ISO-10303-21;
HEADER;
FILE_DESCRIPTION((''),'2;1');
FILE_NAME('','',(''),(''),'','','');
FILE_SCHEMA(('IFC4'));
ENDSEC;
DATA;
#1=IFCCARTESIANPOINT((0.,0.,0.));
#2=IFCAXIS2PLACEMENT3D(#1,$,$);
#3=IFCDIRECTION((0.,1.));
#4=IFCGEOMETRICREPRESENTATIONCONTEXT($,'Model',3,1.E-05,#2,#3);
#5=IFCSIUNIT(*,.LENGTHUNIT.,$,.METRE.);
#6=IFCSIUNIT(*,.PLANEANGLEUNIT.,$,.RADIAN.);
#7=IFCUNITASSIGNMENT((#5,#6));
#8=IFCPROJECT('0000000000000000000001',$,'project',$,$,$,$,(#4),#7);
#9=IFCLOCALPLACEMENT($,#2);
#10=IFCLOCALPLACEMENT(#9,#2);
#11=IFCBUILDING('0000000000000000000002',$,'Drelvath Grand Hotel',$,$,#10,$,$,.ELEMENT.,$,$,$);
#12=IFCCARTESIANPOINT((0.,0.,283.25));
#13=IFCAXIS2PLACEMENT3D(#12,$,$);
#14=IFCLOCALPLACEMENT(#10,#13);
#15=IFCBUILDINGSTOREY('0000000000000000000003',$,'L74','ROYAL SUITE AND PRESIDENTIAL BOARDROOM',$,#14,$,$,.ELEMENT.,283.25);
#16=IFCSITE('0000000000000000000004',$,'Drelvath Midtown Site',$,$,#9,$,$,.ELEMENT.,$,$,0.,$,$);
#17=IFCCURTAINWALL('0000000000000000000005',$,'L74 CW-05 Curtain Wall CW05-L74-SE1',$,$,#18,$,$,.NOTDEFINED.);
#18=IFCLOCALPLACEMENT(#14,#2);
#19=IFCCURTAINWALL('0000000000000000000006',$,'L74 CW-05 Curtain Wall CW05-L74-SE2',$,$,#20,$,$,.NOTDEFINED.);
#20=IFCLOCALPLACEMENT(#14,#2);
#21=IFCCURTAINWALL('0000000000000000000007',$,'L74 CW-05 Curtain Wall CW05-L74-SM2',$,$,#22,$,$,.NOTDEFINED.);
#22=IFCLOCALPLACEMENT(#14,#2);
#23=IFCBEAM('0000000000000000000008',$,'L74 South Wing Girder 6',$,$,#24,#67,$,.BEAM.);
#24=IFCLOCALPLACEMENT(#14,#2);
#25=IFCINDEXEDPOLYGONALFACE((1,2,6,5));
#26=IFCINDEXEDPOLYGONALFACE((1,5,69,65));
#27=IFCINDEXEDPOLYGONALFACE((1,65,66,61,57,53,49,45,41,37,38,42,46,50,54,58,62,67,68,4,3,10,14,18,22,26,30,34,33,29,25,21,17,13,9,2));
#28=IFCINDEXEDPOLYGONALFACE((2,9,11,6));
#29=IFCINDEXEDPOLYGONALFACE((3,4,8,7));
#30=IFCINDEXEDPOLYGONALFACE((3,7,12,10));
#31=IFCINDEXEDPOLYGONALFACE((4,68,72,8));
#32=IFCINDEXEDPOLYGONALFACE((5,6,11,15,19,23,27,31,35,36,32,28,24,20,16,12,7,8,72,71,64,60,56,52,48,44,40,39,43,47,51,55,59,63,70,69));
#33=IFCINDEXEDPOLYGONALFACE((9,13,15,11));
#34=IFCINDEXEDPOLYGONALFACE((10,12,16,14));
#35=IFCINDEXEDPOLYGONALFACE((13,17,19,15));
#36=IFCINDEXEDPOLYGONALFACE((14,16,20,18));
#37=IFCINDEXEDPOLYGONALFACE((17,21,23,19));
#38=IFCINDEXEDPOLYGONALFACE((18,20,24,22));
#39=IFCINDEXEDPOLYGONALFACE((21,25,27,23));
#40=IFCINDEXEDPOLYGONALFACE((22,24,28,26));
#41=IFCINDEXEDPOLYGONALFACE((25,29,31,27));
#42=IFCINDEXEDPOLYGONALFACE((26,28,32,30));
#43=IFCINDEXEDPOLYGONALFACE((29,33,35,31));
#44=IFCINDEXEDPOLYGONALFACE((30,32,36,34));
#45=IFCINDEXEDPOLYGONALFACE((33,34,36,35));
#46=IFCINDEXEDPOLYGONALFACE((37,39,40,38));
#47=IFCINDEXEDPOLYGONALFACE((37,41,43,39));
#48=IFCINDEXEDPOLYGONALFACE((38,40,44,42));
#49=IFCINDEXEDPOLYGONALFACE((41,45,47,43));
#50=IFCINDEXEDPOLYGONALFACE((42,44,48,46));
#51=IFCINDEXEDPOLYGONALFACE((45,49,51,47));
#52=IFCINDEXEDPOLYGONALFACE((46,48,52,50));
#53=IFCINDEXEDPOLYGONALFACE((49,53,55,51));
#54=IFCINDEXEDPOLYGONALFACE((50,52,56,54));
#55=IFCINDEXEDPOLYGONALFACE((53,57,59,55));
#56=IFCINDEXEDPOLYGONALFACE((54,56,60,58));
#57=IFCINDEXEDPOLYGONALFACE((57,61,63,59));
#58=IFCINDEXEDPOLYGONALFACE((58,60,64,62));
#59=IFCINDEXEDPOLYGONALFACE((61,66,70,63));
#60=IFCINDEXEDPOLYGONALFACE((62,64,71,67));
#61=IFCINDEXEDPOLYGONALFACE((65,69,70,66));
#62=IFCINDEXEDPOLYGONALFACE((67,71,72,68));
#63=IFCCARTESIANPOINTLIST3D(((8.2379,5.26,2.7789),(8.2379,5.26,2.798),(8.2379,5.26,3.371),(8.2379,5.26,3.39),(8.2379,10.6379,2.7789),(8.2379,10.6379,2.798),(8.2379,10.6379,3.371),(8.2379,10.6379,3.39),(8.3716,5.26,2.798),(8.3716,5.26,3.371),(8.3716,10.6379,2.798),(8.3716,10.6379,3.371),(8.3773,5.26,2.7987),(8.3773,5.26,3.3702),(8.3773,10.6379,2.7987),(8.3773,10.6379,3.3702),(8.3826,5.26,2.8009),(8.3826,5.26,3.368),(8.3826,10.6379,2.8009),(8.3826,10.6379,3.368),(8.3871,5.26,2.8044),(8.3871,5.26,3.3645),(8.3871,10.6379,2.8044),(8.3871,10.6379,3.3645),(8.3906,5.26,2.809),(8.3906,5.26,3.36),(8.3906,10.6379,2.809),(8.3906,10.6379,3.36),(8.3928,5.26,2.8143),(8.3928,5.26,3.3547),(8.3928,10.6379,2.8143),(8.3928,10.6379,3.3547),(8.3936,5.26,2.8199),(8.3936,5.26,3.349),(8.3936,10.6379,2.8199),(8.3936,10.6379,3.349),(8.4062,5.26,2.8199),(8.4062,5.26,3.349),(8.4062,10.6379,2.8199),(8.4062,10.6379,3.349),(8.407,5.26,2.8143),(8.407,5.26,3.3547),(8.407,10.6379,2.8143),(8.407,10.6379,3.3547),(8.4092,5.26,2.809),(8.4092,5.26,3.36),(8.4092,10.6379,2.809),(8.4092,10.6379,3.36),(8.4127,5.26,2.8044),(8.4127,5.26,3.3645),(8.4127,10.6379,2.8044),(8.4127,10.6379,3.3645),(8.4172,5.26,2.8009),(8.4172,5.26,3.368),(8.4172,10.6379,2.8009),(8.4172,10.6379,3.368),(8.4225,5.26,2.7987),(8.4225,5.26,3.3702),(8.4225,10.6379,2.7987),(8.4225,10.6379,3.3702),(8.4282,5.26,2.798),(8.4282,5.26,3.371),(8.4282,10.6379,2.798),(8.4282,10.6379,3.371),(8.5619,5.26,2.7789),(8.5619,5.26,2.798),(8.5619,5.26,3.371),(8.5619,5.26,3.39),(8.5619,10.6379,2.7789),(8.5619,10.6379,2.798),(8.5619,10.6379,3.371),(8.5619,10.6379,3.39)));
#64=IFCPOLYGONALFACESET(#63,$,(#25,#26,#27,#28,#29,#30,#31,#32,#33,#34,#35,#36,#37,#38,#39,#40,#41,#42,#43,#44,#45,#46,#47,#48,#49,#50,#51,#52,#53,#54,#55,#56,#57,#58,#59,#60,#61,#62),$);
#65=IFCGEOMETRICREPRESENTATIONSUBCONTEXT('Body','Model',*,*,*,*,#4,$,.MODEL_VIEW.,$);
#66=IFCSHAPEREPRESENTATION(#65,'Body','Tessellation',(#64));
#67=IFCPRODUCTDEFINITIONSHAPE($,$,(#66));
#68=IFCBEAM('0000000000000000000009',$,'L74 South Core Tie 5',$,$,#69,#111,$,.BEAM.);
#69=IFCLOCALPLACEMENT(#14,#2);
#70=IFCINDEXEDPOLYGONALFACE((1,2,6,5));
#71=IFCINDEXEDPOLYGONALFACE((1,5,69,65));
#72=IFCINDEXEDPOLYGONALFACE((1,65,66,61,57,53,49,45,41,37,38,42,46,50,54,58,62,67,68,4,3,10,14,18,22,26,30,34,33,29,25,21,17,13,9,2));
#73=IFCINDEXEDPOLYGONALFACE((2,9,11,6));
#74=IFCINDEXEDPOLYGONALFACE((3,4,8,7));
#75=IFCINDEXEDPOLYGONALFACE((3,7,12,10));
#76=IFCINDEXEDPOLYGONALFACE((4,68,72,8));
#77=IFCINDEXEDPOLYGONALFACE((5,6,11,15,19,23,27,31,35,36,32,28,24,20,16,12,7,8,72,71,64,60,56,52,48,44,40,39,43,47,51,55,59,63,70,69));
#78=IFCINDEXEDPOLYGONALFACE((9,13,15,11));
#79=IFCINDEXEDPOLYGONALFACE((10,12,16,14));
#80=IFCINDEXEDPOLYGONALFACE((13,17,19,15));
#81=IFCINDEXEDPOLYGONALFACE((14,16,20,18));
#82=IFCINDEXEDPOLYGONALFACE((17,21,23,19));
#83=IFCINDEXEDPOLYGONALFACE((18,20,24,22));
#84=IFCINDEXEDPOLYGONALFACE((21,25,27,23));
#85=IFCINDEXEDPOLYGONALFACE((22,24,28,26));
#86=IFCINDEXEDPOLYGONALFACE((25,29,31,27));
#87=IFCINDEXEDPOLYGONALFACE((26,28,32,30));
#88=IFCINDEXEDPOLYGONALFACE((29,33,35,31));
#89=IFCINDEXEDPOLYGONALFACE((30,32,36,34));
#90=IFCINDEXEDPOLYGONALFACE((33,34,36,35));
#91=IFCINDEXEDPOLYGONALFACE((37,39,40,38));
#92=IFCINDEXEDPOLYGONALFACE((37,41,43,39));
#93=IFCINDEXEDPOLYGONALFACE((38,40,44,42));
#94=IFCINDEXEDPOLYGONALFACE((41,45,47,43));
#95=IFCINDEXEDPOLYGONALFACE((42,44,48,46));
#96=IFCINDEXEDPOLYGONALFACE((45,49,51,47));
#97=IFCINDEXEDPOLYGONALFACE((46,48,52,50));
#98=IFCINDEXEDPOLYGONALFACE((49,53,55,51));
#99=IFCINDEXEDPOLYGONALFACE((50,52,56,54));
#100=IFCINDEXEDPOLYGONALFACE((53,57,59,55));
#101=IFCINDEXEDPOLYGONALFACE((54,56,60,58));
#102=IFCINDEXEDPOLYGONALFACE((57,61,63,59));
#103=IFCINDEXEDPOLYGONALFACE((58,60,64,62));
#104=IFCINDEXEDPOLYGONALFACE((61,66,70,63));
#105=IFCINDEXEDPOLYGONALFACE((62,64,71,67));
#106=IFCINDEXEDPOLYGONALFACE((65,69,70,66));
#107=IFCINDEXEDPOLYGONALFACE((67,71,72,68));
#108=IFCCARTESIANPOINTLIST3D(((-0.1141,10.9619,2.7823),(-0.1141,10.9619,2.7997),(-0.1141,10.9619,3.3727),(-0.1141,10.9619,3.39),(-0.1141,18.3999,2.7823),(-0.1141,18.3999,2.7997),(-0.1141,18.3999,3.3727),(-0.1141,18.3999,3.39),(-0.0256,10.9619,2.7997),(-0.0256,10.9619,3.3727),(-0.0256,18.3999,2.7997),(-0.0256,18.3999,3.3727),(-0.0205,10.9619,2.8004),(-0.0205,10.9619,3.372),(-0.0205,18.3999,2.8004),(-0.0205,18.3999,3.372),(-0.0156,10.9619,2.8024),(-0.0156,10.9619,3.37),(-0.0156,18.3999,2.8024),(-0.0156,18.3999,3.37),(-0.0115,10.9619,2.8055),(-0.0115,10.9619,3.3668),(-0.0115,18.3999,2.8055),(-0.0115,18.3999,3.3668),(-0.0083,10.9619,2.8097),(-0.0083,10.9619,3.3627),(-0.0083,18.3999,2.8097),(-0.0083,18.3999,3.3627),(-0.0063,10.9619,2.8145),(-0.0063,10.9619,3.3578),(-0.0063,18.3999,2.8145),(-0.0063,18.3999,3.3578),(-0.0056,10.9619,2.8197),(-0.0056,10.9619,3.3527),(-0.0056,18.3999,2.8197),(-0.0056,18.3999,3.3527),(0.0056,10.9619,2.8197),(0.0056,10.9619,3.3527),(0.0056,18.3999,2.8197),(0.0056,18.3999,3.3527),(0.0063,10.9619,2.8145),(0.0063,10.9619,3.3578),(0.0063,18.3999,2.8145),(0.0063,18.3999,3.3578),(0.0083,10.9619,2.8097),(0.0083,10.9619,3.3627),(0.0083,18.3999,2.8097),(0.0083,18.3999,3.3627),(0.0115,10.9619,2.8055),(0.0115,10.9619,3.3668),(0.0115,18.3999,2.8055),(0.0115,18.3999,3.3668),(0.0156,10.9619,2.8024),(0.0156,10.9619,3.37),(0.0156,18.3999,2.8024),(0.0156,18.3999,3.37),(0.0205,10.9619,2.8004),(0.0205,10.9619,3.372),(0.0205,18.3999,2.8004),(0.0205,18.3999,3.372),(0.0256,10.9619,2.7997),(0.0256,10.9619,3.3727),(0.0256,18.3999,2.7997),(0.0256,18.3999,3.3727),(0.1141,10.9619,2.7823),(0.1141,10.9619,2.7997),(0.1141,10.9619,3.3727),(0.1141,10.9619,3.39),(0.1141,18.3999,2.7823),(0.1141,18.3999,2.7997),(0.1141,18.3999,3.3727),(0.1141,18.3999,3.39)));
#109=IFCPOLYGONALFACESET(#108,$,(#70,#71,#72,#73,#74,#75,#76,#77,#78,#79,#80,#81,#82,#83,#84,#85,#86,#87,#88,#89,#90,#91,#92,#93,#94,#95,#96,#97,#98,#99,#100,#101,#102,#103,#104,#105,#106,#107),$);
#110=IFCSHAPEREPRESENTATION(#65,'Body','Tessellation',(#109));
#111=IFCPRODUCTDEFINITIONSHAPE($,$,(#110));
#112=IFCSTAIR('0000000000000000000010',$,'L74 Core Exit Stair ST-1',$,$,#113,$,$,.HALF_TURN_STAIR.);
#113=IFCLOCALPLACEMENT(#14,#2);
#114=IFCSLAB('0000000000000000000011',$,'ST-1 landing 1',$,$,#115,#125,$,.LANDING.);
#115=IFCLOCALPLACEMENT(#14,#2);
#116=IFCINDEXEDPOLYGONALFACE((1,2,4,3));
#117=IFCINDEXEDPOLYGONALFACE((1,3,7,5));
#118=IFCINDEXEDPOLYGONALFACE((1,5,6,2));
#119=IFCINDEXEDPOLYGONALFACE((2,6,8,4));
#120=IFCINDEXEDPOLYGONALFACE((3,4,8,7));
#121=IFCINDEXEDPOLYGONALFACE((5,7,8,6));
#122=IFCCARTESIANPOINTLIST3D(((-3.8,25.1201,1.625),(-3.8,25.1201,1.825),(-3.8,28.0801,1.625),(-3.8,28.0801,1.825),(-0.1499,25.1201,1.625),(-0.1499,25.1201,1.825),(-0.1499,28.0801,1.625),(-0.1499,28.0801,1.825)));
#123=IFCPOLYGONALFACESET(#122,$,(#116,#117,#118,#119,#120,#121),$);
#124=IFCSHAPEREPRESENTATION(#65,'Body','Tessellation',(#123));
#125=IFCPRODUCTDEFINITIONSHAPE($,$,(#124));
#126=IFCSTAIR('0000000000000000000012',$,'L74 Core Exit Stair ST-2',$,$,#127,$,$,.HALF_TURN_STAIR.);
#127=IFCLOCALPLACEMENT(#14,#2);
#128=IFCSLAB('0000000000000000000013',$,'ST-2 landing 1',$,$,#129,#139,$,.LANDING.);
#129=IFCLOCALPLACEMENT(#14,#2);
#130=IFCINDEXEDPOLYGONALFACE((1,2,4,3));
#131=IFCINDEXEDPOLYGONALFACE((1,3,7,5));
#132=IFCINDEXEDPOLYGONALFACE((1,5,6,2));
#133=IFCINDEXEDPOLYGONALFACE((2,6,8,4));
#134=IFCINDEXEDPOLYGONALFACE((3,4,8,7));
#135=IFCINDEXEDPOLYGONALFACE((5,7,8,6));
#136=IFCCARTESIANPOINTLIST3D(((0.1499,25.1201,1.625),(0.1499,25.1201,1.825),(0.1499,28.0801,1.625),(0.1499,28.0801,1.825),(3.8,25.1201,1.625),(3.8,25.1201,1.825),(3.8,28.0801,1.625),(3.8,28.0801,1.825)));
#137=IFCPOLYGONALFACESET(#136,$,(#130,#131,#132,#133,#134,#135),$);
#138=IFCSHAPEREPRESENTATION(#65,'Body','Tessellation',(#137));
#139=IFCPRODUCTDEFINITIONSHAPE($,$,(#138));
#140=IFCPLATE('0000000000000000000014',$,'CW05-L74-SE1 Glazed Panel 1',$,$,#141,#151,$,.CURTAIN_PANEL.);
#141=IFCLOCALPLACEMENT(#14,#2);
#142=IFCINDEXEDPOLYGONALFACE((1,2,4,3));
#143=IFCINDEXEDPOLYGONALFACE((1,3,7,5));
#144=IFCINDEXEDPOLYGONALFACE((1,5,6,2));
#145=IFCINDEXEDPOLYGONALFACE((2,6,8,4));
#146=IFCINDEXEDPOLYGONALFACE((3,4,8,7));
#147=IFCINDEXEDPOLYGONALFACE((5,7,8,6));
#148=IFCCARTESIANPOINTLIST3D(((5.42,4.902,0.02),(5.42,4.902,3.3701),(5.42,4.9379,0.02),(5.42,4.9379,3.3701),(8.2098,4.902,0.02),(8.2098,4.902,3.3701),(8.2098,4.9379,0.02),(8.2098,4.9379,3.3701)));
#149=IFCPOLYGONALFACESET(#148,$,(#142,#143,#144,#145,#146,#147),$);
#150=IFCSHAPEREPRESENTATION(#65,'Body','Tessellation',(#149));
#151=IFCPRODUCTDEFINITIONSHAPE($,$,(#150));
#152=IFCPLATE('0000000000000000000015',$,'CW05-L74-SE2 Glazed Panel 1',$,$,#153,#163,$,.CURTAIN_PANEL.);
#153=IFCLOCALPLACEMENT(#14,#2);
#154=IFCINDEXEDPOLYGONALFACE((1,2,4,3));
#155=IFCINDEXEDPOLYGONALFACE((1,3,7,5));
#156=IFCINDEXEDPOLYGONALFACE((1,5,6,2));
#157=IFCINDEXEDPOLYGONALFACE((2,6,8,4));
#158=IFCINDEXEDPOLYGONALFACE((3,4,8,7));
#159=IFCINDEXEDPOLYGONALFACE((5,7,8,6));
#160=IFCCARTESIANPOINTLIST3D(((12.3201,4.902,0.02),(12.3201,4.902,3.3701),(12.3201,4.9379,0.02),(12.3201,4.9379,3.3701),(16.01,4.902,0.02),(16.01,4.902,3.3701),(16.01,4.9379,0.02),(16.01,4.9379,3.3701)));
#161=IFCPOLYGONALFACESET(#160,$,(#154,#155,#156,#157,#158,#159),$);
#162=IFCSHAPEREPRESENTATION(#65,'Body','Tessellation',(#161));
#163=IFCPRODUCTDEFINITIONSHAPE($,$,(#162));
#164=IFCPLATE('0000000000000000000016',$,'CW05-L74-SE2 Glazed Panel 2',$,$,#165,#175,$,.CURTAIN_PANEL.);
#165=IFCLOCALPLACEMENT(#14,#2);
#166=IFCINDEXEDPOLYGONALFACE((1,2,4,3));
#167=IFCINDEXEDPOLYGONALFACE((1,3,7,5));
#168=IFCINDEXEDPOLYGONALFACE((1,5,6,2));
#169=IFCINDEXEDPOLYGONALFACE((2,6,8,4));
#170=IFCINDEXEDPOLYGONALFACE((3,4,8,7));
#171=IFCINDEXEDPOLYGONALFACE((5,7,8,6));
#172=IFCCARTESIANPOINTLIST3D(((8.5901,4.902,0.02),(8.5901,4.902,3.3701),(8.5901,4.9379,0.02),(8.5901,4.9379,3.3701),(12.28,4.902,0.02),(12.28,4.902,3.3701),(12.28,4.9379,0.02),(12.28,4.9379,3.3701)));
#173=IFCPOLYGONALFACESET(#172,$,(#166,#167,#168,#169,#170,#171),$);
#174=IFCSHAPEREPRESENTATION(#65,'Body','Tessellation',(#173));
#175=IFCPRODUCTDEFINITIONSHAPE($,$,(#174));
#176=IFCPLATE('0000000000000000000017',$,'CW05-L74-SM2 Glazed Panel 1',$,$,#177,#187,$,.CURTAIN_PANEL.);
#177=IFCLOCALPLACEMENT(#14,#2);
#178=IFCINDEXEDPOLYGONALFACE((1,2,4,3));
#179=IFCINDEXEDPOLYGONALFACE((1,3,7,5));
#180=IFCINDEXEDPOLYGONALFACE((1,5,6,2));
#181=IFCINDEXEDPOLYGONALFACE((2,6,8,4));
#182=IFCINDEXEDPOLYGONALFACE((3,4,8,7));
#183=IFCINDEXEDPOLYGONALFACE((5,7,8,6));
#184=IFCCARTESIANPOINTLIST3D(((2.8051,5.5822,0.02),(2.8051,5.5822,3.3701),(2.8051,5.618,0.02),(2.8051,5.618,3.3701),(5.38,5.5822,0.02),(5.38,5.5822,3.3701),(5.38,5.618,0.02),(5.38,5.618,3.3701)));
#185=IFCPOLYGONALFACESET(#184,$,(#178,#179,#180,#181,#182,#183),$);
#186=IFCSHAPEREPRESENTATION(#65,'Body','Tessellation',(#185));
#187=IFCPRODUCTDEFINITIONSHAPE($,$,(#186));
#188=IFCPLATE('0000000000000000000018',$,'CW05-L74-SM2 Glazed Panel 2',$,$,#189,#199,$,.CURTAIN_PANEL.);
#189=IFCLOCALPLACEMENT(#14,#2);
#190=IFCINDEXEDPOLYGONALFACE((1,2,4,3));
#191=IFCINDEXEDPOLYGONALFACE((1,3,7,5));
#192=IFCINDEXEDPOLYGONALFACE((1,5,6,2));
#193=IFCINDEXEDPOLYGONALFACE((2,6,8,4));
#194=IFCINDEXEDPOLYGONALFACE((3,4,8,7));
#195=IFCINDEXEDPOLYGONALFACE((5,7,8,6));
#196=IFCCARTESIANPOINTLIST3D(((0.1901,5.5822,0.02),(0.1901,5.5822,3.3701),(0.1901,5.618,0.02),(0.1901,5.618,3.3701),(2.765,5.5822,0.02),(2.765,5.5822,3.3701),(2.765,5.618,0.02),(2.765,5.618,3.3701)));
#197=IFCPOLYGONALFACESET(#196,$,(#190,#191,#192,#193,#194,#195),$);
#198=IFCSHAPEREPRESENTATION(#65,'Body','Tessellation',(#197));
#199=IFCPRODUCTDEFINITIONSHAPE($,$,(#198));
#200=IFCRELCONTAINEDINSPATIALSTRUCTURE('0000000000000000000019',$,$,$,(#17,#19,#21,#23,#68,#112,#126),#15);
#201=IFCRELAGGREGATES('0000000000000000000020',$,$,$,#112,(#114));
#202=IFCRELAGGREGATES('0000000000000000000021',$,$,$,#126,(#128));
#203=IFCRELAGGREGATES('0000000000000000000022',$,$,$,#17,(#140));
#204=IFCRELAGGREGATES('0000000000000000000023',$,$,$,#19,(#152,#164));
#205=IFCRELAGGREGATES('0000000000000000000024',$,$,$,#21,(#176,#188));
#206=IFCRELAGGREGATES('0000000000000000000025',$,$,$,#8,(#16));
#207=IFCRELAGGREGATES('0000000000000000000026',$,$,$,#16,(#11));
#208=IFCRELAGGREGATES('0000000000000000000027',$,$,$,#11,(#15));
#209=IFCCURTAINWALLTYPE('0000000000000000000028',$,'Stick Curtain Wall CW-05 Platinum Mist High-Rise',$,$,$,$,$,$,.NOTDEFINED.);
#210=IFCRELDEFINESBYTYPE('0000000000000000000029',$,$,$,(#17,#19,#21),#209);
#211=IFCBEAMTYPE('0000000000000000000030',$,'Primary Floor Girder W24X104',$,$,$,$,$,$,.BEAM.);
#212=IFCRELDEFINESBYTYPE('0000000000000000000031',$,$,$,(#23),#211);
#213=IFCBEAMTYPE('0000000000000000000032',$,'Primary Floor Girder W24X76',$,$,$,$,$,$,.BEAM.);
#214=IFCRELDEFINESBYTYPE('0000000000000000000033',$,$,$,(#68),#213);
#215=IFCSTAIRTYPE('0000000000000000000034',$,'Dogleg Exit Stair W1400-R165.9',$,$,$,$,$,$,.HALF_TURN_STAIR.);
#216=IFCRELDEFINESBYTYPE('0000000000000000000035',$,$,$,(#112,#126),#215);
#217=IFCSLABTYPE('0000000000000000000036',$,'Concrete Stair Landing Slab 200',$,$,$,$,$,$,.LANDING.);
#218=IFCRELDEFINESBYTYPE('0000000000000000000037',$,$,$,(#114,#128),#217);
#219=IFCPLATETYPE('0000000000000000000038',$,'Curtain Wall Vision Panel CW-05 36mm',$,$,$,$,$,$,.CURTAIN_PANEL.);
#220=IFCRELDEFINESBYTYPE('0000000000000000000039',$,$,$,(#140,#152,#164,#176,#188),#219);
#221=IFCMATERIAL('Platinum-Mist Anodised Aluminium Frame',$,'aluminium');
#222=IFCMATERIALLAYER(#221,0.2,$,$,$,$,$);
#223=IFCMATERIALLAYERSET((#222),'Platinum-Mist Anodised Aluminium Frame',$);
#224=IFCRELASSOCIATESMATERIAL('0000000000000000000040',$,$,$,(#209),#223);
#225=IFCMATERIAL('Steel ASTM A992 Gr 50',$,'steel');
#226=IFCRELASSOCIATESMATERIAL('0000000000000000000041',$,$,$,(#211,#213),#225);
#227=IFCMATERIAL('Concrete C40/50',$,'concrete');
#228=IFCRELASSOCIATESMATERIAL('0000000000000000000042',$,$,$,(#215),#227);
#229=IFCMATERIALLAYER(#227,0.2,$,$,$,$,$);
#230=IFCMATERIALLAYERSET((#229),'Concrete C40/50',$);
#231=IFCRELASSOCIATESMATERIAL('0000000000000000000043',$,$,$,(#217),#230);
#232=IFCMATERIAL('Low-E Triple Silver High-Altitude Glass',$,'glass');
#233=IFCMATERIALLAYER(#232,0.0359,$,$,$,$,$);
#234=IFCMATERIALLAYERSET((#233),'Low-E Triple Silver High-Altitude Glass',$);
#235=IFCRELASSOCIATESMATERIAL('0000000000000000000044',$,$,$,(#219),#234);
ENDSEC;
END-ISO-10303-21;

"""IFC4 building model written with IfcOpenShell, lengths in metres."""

from ifc_helpers import new_model, si_unit, direction, frame, origin, origin_2d, place, context, subcontext, project, spatial, polyline, rectangle, i_section, outline, extrude, material, layer, layer_set, material_profile, profile_set, type_object, element, aggregate, save


model = new_model("IFC4")

# Units and contexts
model_context = context("Model", 3, precision=1e-05, world=origin(), true_north=direction((0.0, 1.0)))
body_context = subcontext(model_context, "Body", "Model", "MODEL_VIEW")
ifc_project = project(units=[si_unit("LENGTHUNIT", "METRE"), si_unit("PLANEANGLEUNIT", "RADIAN")], contexts=[model_context])

# Site, building, storey
site_placement = place(None, origin())
site = spatial("IfcSite", under=ifc_project, at=site_placement, Name="Drelvath Midtown Site", CompositionType="ELEMENT", RefElevation=0.0)
building_placement = place(site_placement, origin())
building = spatial("IfcBuilding", under=site, at=building_placement, Name="Drelvath Grand Hotel", CompositionType="ELEMENT")
storey_placement = place(building_placement, frame((0.0, 0.0, 283.25)))
storey = spatial("IfcBuildingStorey", under=building, at=storey_placement, Name="L74", Description="ROYAL SUITE AND PRESIDENTIAL BOARDROOM", CompositionType="ELEMENT", Elevation=283.25)

# Shared definitions
ifc_material_1 = material(Name="Steel ASTM A992 Gr 50", Category="steel")

# Curtain walls
ifc_material_2 = material(Name="Platinum-Mist Anodised Aluminium Frame", Category="aluminium")
ifc_layer_1 = layer(ifc_material_2, 0.2)
ifc_layer_set_1 = layer_set([ifc_layer_1], Name="Platinum-Mist Anodised Aluminium Frame")
curtain_wall_type = type_object("IfcCurtainWallType", Name="Stick Curtain Wall CW-05 Platinum Mist High-Rise", PredefinedType="NOTDEFINED", material=ifc_layer_set_1)
curtain_wall_1_placement = place(storey_placement, origin())
curtain_wall_1 = element("IfcCurtainWall", 1, at=curtain_wall_1_placement, inside=storey, type_object=curtain_wall_type, Name="L74 CW-05 Curtain Wall CW05-L74-SE1", PredefinedType="NOTDEFINED")
curtain_wall_2_placement = place(storey_placement, origin())
curtain_wall_2 = element("IfcCurtainWall", 2, at=curtain_wall_2_placement, inside=storey, type_object=curtain_wall_type, Name="L74 CW-05 Curtain Wall CW05-L74-SE2", PredefinedType="NOTDEFINED")
curtain_wall_3_placement = place(storey_placement, origin())
curtain_wall_3 = element("IfcCurtainWall", 3, at=curtain_wall_3_placement, inside=storey, type_object=curtain_wall_type, Name="L74 CW-05 Curtain Wall CW05-L74-SM2", PredefinedType="NOTDEFINED")

# Beams
ifc_material_profile_1 = material_profile(ifc_material_1, i_section(OverallWidth=0.324, OverallDepth=0.6111, WebThickness=0.0127, FlangeThickness=0.019, FilletRadius=0.022, at=origin_2d()), Name="W24X104")
ifc_profile_set_1 = profile_set([ifc_material_profile_1], Name="Steel ASTM A992 Gr 50")
beam_type_1 = type_object("IfcBeamType", Name="Primary Floor Girder W24X104", PredefinedType="BEAM", material=ifc_profile_set_1)
beam_1_placement = place(storey_placement, frame((8.3999, 5.26, 3.0845), z_axis=(0.0, 1.0, 0.0), x_axis=(-1.0, 0.0, 0.0)))
element("IfcBeam", 4, at=beam_1_placement, inside=storey, type_object=beam_type_1, Name="L74 South Wing Girder 6", PredefinedType="BEAM", context=body_context, shape_type="SweptSolid", body=[
    extrude(i_section(OverallWidth=0.324, OverallDepth=0.6111, WebThickness=0.0127, FlangeThickness=0.019, FilletRadius=0.022, at=origin_2d()), origin(), (0.0, 0.0, 1.0), 5.3779),
])
ifc_material_profile_2 = material_profile(ifc_material_1, i_section(OverallWidth=0.2283, OverallDepth=0.6077, WebThickness=0.0112, FlangeThickness=0.0173, FilletRadius=0.02, at=origin_2d()), Name="W24X76")
ifc_profile_set_2 = profile_set([ifc_material_profile_2], Name="Steel ASTM A992 Gr 50")
beam_type_2 = type_object("IfcBeamType", Name="Primary Floor Girder W24X76", PredefinedType="BEAM", material=ifc_profile_set_2)
beam_2_placement = place(storey_placement, frame((0.0, 10.9619, 3.0862), z_axis=(0.0, 1.0, 0.0), x_axis=(-1.0, 0.0, 0.0)))
element("IfcBeam", 5, at=beam_2_placement, inside=storey, type_object=beam_type_2, Name="L74 South Core Tie 5", PredefinedType="BEAM", context=body_context, shape_type="SweptSolid", body=[
    extrude(i_section(OverallWidth=0.2283, OverallDepth=0.6077, WebThickness=0.0112, FlangeThickness=0.0173, FilletRadius=0.02, at=origin_2d()), origin(), (0.0, 0.0, 1.0), 7.438),
])

# Stairs, slabs
ifc_material_3 = material(Name="Concrete C40/50", Category="concrete")
stair_type = type_object("IfcStairType", Name="Dogleg Exit Stair W1400-R165.9", PredefinedType="HALF_TURN_STAIR", material=ifc_material_3)
stair_1_placement = place(storey_placement, origin())
stair_1 = element("IfcStair", 6, at=stair_1_placement, inside=storey, type_object=stair_type, Name="L74 Core Exit Stair ST-1", PredefinedType="HALF_TURN_STAIR")
ifc_layer_2 = layer(ifc_material_3, 0.2)
ifc_layer_set_2 = layer_set([ifc_layer_2], Name="Concrete C40/50")
slab_type = type_object("IfcSlabType", Name="Concrete Stair Landing Slab 200", PredefinedType="LANDING", material=ifc_layer_set_2)
slab_1_placement = place(storey_placement, frame((0.0, 0.0, 1.625)))
slab_1 = element("IfcSlab", 7, at=slab_1_placement, type_object=slab_type, Name="ST-1 landing 1", PredefinedType="LANDING", context=body_context, shape_type="SweptSolid", body=[
    extrude(outline(polyline([(-3.8, 25.1201), (-0.1499, 25.1201), (-0.1499, 28.0801), (-3.8, 28.0801), (-3.8, 25.1201)])), origin(), (0.0, 0.0, 1.0), 0.2),
])
aggregate(stair_1, [slab_1])
stair_2_placement = place(storey_placement, origin())
stair_2 = element("IfcStair", 8, at=stair_2_placement, inside=storey, type_object=stair_type, Name="L74 Core Exit Stair ST-2", PredefinedType="HALF_TURN_STAIR")
slab_2_placement = place(storey_placement, frame((0.0, 0.0, 1.625)))
slab_2 = element("IfcSlab", 9, at=slab_2_placement, type_object=slab_type, Name="ST-2 landing 1", PredefinedType="LANDING", context=body_context, shape_type="SweptSolid", body=[
    extrude(outline(polyline([(3.8, 28.0801), (0.1499, 28.0801), (0.1499, 25.1201), (3.8, 25.1201), (3.8, 28.0801)])), origin(), (0.0, 0.0, 1.0), 0.2),
])
aggregate(stair_2, [slab_2])

# Plates
ifc_material_4 = material(Name="Low-E Triple Silver High-Altitude Glass", Category="glass")
ifc_layer_3 = layer(ifc_material_4, 0.0359)
ifc_layer_set_3 = layer_set([ifc_layer_3], Name="Low-E Triple Silver High-Altitude Glass")
plate_type = type_object("IfcPlateType", Name="Curtain Wall Vision Panel CW-05 36mm", PredefinedType="CURTAIN_PANEL", material=ifc_layer_set_3)
plate_1_placement = place(storey_placement, frame((6.8149, 4.9199, 0.02), z_axis=(0.0, 0.0, 1.0), x_axis=(-1.0, 0.0, 0.0)))
plate_1 = element("IfcPlate", 10, at=plate_1_placement, type_object=plate_type, Name="CW05-L74-SE1 Glazed Panel 1", PredefinedType="CURTAIN_PANEL", context=body_context, shape_type="SweptSolid", body=[
    extrude(rectangle(XDim=2.7898, YDim=0.0359, at=origin_2d()), origin(), (0.0, 0.0, 1.0), 3.3501),
])
aggregate(curtain_wall_1, [plate_1])
plate_2_placement = place(storey_placement, frame((14.165, 4.9199, 0.02), z_axis=(0.0, 0.0, 1.0), x_axis=(-1.0, 0.0, 0.0)))
plate_2 = element("IfcPlate", 11, at=plate_2_placement, type_object=plate_type, Name="CW05-L74-SE2 Glazed Panel 1", PredefinedType="CURTAIN_PANEL", context=body_context, shape_type="SweptSolid", body=[
    extrude(rectangle(XDim=3.6899, YDim=0.0359, at=origin_2d()), origin(), (0.0, 0.0, 1.0), 3.3501),
])
plate_3_placement = place(storey_placement, frame((10.4351, 4.9199, 0.02), z_axis=(0.0, 0.0, 1.0), x_axis=(-1.0, 0.0, 0.0)))
plate_3 = element("IfcPlate", 12, at=plate_3_placement, type_object=plate_type, Name="CW05-L74-SE2 Glazed Panel 2", PredefinedType="CURTAIN_PANEL", context=body_context, shape_type="SweptSolid", body=[
    extrude(rectangle(XDim=3.6899, YDim=0.0359, at=origin_2d()), origin(), (0.0, 0.0, 1.0), 3.3501),
])
aggregate(curtain_wall_2, [plate_2, plate_3])
plate_4_placement = place(storey_placement, frame((4.0925, 5.6001, 0.02), z_axis=(0.0, 0.0, 1.0), x_axis=(-1.0, 0.0, 0.0)))
plate_4 = element("IfcPlate", 13, at=plate_4_placement, type_object=plate_type, Name="CW05-L74-SM2 Glazed Panel 1", PredefinedType="CURTAIN_PANEL", context=body_context, shape_type="SweptSolid", body=[
    extrude(rectangle(XDim=2.575, YDim=0.0359, at=origin_2d()), origin(), (0.0, 0.0, 1.0), 3.3501),
])
plate_5_placement = place(storey_placement, frame((1.4775, 5.6001, 0.02), z_axis=(0.0, 0.0, 1.0), x_axis=(-1.0, 0.0, 0.0)))
plate_5 = element("IfcPlate", 14, at=plate_5_placement, type_object=plate_type, Name="CW05-L74-SM2 Glazed Panel 2", PredefinedType="CURTAIN_PANEL", context=body_context, shape_type="SweptSolid", body=[
    extrude(rectangle(XDim=2.575, YDim=0.0359, at=origin_2d()), origin(), (0.0, 0.0, 1.0), 3.3501),
])
aggregate(curtain_wall_3, [plate_4, plate_5])

save(model, "model.ifc")
